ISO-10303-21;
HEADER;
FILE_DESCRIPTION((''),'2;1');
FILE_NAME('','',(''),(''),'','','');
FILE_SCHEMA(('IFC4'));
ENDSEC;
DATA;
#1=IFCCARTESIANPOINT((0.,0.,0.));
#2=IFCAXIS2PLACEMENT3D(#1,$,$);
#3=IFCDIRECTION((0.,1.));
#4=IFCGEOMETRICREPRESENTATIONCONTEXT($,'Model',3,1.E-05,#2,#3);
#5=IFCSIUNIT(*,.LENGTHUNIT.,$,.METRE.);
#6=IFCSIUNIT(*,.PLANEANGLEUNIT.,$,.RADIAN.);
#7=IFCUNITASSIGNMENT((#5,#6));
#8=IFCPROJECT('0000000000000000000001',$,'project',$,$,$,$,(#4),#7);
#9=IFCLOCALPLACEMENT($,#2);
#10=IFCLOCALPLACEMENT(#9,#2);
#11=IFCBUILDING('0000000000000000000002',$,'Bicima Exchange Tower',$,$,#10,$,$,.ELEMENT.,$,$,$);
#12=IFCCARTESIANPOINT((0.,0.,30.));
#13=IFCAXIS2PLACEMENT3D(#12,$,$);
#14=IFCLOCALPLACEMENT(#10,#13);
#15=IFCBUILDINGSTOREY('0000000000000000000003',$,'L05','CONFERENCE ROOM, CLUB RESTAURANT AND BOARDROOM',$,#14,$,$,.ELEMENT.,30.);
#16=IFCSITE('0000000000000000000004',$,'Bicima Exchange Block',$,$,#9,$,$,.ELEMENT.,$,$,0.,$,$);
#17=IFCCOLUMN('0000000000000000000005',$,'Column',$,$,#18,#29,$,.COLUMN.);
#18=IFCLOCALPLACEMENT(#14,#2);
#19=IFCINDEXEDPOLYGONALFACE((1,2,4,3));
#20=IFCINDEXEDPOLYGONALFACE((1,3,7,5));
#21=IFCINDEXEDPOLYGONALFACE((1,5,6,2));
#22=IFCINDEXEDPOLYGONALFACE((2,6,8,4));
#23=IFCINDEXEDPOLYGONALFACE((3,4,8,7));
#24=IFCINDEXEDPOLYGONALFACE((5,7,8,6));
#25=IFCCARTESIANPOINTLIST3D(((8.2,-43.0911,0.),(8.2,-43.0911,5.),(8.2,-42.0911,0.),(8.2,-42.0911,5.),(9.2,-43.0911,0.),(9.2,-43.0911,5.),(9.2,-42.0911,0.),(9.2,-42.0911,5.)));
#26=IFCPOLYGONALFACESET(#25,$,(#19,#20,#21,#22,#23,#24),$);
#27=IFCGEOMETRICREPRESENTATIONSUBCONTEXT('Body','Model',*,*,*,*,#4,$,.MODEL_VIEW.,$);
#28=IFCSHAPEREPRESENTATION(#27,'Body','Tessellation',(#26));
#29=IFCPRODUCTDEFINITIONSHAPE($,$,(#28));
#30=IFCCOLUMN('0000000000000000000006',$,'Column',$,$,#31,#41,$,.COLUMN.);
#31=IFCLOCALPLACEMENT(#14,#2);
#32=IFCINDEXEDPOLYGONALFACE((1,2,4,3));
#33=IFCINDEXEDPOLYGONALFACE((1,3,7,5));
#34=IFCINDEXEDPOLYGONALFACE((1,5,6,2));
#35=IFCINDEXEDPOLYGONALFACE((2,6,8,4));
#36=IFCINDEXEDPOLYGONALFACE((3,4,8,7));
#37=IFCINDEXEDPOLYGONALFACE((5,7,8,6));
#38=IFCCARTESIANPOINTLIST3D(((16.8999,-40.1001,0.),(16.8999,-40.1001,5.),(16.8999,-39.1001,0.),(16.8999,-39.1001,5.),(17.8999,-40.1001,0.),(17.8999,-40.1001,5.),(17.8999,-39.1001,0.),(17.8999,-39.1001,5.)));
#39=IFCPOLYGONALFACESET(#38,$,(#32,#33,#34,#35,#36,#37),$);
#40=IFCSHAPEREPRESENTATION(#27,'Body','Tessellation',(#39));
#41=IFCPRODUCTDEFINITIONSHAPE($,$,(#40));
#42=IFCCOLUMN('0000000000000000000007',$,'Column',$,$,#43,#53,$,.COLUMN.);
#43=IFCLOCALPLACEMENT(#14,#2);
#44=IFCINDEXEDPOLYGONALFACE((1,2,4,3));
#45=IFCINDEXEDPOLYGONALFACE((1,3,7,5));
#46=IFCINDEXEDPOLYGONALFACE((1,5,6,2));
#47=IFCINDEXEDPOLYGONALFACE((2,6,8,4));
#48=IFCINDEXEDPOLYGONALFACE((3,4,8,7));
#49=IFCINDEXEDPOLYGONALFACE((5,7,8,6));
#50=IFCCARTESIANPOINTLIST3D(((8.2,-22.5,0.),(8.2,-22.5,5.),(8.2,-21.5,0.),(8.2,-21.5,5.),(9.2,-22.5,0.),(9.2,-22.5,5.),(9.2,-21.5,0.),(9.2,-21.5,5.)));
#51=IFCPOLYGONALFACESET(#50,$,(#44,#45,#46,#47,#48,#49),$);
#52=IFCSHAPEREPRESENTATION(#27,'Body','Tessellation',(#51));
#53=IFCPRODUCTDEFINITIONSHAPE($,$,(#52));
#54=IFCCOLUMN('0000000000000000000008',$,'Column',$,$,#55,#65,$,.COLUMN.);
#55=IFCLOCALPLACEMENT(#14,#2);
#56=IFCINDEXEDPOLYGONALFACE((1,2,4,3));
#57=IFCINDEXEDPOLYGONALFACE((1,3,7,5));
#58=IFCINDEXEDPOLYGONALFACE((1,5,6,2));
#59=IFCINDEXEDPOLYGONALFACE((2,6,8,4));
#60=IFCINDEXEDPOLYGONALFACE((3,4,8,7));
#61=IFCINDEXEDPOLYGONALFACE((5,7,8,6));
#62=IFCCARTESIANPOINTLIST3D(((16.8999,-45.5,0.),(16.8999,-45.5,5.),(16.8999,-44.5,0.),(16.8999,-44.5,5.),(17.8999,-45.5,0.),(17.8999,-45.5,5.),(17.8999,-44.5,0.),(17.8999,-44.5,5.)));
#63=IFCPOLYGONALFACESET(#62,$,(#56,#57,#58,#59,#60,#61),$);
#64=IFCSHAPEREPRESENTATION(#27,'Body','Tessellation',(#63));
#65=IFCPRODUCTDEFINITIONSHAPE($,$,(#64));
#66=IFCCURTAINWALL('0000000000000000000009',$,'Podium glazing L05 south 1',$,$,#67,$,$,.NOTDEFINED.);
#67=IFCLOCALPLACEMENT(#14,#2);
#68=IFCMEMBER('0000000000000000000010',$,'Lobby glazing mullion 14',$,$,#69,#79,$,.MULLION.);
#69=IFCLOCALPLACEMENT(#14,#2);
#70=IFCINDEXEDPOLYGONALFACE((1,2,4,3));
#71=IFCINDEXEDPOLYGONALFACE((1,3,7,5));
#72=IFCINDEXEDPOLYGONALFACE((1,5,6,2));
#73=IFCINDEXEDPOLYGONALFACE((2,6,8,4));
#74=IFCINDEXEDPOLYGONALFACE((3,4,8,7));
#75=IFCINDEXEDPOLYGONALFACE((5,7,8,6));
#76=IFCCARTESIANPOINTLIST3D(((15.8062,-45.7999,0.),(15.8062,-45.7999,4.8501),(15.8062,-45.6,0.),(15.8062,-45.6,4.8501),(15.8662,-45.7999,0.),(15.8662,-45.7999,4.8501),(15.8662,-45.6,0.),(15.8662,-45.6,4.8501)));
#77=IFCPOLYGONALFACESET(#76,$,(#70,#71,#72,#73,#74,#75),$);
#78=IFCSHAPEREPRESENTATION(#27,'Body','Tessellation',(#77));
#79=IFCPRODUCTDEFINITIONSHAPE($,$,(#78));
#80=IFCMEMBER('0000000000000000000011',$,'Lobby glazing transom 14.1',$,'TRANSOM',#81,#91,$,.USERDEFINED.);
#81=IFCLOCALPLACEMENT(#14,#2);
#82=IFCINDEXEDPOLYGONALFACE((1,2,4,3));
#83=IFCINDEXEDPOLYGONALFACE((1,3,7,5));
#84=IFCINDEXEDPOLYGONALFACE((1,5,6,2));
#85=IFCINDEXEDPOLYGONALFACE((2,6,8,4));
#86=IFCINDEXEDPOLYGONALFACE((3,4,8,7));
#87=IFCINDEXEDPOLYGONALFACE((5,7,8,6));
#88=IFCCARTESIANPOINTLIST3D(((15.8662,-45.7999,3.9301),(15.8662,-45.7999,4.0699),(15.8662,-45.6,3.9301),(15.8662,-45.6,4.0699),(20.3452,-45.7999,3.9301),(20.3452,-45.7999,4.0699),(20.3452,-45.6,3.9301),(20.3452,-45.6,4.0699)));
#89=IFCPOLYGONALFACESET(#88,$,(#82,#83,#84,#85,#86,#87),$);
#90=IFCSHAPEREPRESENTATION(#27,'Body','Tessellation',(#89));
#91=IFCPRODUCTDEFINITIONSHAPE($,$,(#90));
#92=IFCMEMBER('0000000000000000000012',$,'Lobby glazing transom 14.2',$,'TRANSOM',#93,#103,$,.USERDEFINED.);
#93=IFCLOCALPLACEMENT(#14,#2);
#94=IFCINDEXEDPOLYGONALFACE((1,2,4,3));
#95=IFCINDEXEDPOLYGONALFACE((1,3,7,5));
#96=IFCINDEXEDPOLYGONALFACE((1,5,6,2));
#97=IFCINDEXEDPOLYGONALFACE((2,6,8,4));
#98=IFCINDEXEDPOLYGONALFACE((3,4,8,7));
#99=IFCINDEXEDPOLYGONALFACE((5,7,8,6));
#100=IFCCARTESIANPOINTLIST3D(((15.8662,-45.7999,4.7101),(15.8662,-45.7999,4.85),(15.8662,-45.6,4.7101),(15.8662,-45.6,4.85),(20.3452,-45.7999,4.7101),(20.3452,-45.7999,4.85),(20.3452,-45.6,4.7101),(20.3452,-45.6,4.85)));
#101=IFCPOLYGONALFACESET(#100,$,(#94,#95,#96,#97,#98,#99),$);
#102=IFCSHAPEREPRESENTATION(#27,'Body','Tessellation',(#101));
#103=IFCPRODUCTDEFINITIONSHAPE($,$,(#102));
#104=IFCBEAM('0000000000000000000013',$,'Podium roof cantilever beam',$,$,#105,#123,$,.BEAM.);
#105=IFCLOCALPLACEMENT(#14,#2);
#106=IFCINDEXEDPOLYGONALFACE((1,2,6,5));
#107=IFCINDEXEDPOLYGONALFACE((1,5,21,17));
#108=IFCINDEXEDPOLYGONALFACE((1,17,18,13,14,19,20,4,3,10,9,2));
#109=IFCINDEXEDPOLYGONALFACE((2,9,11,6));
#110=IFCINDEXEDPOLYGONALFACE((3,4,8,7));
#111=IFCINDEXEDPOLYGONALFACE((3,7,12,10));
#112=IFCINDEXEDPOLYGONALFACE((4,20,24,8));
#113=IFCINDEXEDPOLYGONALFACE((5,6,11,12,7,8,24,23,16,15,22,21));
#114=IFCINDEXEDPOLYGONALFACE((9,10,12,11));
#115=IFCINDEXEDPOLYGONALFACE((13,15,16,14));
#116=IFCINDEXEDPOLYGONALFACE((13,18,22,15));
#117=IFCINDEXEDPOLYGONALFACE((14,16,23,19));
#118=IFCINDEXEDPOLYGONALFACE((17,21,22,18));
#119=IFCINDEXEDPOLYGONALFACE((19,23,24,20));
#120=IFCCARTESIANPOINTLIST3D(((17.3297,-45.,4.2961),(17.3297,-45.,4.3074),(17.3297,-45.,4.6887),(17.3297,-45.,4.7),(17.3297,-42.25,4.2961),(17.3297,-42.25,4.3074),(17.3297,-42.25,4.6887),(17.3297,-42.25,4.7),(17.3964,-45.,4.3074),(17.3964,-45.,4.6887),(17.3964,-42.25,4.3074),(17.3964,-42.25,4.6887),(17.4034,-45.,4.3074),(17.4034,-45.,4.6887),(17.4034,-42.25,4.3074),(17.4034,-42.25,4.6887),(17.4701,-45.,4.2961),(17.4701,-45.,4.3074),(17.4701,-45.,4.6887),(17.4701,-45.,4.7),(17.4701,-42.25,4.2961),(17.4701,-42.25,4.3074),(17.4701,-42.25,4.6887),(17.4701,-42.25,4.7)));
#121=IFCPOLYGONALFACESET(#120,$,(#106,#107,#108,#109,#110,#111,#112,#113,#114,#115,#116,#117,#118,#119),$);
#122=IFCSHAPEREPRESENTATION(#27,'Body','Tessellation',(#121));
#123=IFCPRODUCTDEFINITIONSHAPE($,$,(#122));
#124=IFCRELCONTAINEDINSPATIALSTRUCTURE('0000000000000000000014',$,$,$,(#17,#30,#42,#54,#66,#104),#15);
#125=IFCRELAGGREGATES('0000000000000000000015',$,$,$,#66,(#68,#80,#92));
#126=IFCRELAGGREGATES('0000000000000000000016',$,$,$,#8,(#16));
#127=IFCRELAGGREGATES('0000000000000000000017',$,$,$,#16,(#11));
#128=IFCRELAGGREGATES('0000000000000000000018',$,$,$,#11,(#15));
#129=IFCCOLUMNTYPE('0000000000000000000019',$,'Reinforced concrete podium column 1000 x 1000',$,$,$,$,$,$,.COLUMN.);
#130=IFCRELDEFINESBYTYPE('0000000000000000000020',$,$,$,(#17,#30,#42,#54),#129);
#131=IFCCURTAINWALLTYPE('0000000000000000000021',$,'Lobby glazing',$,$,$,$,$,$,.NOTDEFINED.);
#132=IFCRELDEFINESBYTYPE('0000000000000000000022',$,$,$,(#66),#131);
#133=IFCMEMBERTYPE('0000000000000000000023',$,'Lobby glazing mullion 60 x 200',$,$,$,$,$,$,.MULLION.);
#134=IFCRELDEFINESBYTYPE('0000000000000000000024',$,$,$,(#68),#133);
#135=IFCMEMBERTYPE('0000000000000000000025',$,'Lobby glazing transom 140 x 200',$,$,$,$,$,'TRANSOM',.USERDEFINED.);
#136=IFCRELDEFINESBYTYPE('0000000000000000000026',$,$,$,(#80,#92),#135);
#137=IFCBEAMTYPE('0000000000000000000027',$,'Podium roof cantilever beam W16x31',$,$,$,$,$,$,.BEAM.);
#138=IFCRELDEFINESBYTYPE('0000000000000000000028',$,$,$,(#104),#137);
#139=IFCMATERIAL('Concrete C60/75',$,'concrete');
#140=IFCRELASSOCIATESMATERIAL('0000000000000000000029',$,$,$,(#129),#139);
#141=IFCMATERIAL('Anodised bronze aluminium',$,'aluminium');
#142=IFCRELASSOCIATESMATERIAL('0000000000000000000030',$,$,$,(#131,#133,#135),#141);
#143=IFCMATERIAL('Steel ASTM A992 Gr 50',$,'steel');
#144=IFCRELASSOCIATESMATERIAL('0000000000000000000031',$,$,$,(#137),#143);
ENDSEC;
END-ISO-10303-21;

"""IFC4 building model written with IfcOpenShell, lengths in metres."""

from ifc_helpers import new_model, si_unit, direction, frame, origin, origin_2d, place, context, subcontext, project, spatial, rectangle, i_section, extrude, material, material_profile, profile_set, type_object, element, aggregate, save


model = new_model("IFC4")

# Units and contexts
model_context = context("Model", 3, precision=1e-05, world=origin(), true_north=direction((0.0, 1.0)))
body_context = subcontext(model_context, "Body", "Model", "MODEL_VIEW")
ifc_project = project(units=[si_unit("LENGTHUNIT", "METRE"), si_unit("PLANEANGLEUNIT", "RADIAN")], contexts=[model_context])

# Site, building, storey
site_placement = place(None, origin())
site = spatial("IfcSite", under=ifc_project, at=site_placement, Name="Bicima Exchange Block", CompositionType="ELEMENT", RefElevation=0.0)
building_placement = place(site_placement, origin())
building = spatial("IfcBuilding", under=site, at=building_placement, Name="Bicima Exchange Tower", CompositionType="ELEMENT")
storey_placement = place(building_placement, frame((0.0, 0.0, 30.0)))
storey = spatial("IfcBuildingStorey", under=building, at=storey_placement, Name="L05", Description="CONFERENCE ROOM, CLUB RESTAURANT AND BOARDROOM", CompositionType="ELEMENT", Elevation=30.0)

# Columns
ifc_material_1 = material(Name="Concrete C60/75", Category="concrete")
ifc_material_profile_1 = material_profile(ifc_material_1, rectangle(XDim=1.0, YDim=1.0, at=origin_2d()))
ifc_profile_set_1 = profile_set([ifc_material_profile_1], Name="Concrete C60/75")
column_type = type_object("IfcColumnType", Name="Reinforced concrete podium column 1000 x 1000", PredefinedType="COLUMN", material=ifc_profile_set_1)
for number, where, z_axis, x_axis, name in (
    (1, (8.7, -42.5911, 0.0), (0.0, 0.0, 1.0), (1.0, 0.0, 0.0), "Column"),
    (2, (17.3999, -39.6001, 0.0), (0.0, 0.0, 1.0), (1.0, 0.0, 0.0), "Column"),
    (3, (8.7, -22.0, 0.0), (0.0, 0.0, 1.0), (1.0, 0.0, 0.0), "Column"),
    (4, (17.3999, -45.0, 0.0), (0.0, 0.0, 1.0), (1.0, 0.0, 0.0), "Column"),
):
    element("IfcColumn", number, at=place(storey_placement, frame(where, z_axis=z_axis, x_axis=x_axis)), inside=storey, type_object=column_type, Name=name, PredefinedType="COLUMN", context=body_context, shape_type="SweptSolid", body=[
        extrude(rectangle(XDim=1.0, YDim=1.0, at=origin_2d()), origin(), (0.0, 0.0, 1.0), 5.0),
    ])

# Curtain wall, members
ifc_material_2 = material(Name="Anodised bronze aluminium", Category="aluminium")
curtain_wall_type = type_object("IfcCurtainWallType", Name="Lobby glazing", PredefinedType="NOTDEFINED", material=ifc_material_2)
curtain_wall_placement = place(storey_placement, origin())
curtain_wall = element("IfcCurtainWall", 5, at=curtain_wall_placement, inside=storey, type_object=curtain_wall_type, Name="Podium glazing L05 south 1", PredefinedType="NOTDEFINED")
ifc_material_profile_2 = material_profile(ifc_material_2, rectangle(XDim=0.2, YDim=0.0601, at=origin_2d()))
ifc_profile_set_2 = profile_set([ifc_material_profile_2], Name="Anodised bronze aluminium")
member_type_1 = type_object("IfcMemberType", Name="Lobby glazing mullion 60 x 200", PredefinedType="MULLION", material=ifc_profile_set_2)
member_1_placement = place(storey_placement, frame((15.8362, -45.7, 0.0), z_axis=(0.0, 0.0, 1.0), x_axis=(0.0, 1.0, 0.0)))
member_1 = element("IfcMember", 6, at=member_1_placement, type_object=member_type_1, Name="Lobby glazing mullion 14", PredefinedType="MULLION", context=body_context, shape_type="SweptSolid", body=[
    extrude(rectangle(XDim=0.2, YDim=0.0601, at=origin_2d()), origin(), (0.0, 0.0, 1.0), 4.8501),
])
ifc_material_profile_3 = material_profile(ifc_material_2, rectangle(XDim=0.2, YDim=0.1399, at=origin_2d()))
ifc_profile_set_3 = profile_set([ifc_material_profile_3], Name="Anodised bronze aluminium")
member_type_2 = type_object("IfcMemberType", Name="Lobby glazing transom 140 x 200", ElementType="TRANSOM", PredefinedType="USERDEFINED", material=ifc_profile_set_3)
member_2_placement = place(storey_placement, frame((15.8662, -45.7, 4.0), z_axis=(1.0, 0.0, 0.0), x_axis=(0.0, 1.0, 0.0)))
member_2 = element("IfcMember", 7, at=member_2_placement, type_object=member_type_2, Name="Lobby glazing transom 14.1", ObjectType="TRANSOM", PredefinedType="USERDEFINED", context=body_context, shape_type="SweptSolid", body=[
    extrude(rectangle(XDim=0.2, YDim=0.1399, at=origin_2d()), origin(), (0.0, 0.0, 1.0), 4.479),
])
member_3_placement = place(storey_placement, frame((15.8662, -45.7, 4.78), z_axis=(1.0, 0.0, 0.0), x_axis=(0.0, 1.0, 0.0)))
member_3 = element("IfcMember", 8, at=member_3_placement, type_object=member_type_2, Name="Lobby glazing transom 14.2", ObjectType="TRANSOM", PredefinedType="USERDEFINED", context=body_context, shape_type="SweptSolid", body=[
    extrude(rectangle(XDim=0.2, YDim=0.1399, at=origin_2d()), origin(), (0.0, 0.0, 1.0), 4.479),
])
aggregate(curtain_wall, [member_1, member_2, member_3])

# Beam
ifc_material_3 = material(Name="Steel ASTM A992 Gr 50", Category="steel")
ifc_material_profile_4 = material_profile(ifc_material_3, i_section(OverallWidth=0.1404, OverallDepth=0.4038, WebThickness=0.0071, FlangeThickness=0.0112, at=origin_2d()))
ifc_profile_set_4 = profile_set([ifc_material_profile_4], Name="Steel ASTM A992 Gr 50")
beam_type = type_object("IfcBeamType", Name="Podium roof cantilever beam W16x31", PredefinedType="BEAM", material=ifc_profile_set_4)
beam_placement = place(storey_placement, frame((17.3999, -45.0, 4.498), z_axis=(0.0, 1.0, 0.0), x_axis=(-1.0, 0.0, 0.0)))
element("IfcBeam", 9, at=beam_placement, inside=storey, type_object=beam_type, Name="Podium roof cantilever beam", PredefinedType="BEAM", context=body_context, shape_type="SweptSolid", body=[
    extrude(i_section(OverallWidth=0.1404, OverallDepth=0.4038, WebThickness=0.0071, FlangeThickness=0.0112, at=origin_2d()), origin(), (0.0, 0.0, 1.0), 2.75),
])

save(model, "model.ifc")
